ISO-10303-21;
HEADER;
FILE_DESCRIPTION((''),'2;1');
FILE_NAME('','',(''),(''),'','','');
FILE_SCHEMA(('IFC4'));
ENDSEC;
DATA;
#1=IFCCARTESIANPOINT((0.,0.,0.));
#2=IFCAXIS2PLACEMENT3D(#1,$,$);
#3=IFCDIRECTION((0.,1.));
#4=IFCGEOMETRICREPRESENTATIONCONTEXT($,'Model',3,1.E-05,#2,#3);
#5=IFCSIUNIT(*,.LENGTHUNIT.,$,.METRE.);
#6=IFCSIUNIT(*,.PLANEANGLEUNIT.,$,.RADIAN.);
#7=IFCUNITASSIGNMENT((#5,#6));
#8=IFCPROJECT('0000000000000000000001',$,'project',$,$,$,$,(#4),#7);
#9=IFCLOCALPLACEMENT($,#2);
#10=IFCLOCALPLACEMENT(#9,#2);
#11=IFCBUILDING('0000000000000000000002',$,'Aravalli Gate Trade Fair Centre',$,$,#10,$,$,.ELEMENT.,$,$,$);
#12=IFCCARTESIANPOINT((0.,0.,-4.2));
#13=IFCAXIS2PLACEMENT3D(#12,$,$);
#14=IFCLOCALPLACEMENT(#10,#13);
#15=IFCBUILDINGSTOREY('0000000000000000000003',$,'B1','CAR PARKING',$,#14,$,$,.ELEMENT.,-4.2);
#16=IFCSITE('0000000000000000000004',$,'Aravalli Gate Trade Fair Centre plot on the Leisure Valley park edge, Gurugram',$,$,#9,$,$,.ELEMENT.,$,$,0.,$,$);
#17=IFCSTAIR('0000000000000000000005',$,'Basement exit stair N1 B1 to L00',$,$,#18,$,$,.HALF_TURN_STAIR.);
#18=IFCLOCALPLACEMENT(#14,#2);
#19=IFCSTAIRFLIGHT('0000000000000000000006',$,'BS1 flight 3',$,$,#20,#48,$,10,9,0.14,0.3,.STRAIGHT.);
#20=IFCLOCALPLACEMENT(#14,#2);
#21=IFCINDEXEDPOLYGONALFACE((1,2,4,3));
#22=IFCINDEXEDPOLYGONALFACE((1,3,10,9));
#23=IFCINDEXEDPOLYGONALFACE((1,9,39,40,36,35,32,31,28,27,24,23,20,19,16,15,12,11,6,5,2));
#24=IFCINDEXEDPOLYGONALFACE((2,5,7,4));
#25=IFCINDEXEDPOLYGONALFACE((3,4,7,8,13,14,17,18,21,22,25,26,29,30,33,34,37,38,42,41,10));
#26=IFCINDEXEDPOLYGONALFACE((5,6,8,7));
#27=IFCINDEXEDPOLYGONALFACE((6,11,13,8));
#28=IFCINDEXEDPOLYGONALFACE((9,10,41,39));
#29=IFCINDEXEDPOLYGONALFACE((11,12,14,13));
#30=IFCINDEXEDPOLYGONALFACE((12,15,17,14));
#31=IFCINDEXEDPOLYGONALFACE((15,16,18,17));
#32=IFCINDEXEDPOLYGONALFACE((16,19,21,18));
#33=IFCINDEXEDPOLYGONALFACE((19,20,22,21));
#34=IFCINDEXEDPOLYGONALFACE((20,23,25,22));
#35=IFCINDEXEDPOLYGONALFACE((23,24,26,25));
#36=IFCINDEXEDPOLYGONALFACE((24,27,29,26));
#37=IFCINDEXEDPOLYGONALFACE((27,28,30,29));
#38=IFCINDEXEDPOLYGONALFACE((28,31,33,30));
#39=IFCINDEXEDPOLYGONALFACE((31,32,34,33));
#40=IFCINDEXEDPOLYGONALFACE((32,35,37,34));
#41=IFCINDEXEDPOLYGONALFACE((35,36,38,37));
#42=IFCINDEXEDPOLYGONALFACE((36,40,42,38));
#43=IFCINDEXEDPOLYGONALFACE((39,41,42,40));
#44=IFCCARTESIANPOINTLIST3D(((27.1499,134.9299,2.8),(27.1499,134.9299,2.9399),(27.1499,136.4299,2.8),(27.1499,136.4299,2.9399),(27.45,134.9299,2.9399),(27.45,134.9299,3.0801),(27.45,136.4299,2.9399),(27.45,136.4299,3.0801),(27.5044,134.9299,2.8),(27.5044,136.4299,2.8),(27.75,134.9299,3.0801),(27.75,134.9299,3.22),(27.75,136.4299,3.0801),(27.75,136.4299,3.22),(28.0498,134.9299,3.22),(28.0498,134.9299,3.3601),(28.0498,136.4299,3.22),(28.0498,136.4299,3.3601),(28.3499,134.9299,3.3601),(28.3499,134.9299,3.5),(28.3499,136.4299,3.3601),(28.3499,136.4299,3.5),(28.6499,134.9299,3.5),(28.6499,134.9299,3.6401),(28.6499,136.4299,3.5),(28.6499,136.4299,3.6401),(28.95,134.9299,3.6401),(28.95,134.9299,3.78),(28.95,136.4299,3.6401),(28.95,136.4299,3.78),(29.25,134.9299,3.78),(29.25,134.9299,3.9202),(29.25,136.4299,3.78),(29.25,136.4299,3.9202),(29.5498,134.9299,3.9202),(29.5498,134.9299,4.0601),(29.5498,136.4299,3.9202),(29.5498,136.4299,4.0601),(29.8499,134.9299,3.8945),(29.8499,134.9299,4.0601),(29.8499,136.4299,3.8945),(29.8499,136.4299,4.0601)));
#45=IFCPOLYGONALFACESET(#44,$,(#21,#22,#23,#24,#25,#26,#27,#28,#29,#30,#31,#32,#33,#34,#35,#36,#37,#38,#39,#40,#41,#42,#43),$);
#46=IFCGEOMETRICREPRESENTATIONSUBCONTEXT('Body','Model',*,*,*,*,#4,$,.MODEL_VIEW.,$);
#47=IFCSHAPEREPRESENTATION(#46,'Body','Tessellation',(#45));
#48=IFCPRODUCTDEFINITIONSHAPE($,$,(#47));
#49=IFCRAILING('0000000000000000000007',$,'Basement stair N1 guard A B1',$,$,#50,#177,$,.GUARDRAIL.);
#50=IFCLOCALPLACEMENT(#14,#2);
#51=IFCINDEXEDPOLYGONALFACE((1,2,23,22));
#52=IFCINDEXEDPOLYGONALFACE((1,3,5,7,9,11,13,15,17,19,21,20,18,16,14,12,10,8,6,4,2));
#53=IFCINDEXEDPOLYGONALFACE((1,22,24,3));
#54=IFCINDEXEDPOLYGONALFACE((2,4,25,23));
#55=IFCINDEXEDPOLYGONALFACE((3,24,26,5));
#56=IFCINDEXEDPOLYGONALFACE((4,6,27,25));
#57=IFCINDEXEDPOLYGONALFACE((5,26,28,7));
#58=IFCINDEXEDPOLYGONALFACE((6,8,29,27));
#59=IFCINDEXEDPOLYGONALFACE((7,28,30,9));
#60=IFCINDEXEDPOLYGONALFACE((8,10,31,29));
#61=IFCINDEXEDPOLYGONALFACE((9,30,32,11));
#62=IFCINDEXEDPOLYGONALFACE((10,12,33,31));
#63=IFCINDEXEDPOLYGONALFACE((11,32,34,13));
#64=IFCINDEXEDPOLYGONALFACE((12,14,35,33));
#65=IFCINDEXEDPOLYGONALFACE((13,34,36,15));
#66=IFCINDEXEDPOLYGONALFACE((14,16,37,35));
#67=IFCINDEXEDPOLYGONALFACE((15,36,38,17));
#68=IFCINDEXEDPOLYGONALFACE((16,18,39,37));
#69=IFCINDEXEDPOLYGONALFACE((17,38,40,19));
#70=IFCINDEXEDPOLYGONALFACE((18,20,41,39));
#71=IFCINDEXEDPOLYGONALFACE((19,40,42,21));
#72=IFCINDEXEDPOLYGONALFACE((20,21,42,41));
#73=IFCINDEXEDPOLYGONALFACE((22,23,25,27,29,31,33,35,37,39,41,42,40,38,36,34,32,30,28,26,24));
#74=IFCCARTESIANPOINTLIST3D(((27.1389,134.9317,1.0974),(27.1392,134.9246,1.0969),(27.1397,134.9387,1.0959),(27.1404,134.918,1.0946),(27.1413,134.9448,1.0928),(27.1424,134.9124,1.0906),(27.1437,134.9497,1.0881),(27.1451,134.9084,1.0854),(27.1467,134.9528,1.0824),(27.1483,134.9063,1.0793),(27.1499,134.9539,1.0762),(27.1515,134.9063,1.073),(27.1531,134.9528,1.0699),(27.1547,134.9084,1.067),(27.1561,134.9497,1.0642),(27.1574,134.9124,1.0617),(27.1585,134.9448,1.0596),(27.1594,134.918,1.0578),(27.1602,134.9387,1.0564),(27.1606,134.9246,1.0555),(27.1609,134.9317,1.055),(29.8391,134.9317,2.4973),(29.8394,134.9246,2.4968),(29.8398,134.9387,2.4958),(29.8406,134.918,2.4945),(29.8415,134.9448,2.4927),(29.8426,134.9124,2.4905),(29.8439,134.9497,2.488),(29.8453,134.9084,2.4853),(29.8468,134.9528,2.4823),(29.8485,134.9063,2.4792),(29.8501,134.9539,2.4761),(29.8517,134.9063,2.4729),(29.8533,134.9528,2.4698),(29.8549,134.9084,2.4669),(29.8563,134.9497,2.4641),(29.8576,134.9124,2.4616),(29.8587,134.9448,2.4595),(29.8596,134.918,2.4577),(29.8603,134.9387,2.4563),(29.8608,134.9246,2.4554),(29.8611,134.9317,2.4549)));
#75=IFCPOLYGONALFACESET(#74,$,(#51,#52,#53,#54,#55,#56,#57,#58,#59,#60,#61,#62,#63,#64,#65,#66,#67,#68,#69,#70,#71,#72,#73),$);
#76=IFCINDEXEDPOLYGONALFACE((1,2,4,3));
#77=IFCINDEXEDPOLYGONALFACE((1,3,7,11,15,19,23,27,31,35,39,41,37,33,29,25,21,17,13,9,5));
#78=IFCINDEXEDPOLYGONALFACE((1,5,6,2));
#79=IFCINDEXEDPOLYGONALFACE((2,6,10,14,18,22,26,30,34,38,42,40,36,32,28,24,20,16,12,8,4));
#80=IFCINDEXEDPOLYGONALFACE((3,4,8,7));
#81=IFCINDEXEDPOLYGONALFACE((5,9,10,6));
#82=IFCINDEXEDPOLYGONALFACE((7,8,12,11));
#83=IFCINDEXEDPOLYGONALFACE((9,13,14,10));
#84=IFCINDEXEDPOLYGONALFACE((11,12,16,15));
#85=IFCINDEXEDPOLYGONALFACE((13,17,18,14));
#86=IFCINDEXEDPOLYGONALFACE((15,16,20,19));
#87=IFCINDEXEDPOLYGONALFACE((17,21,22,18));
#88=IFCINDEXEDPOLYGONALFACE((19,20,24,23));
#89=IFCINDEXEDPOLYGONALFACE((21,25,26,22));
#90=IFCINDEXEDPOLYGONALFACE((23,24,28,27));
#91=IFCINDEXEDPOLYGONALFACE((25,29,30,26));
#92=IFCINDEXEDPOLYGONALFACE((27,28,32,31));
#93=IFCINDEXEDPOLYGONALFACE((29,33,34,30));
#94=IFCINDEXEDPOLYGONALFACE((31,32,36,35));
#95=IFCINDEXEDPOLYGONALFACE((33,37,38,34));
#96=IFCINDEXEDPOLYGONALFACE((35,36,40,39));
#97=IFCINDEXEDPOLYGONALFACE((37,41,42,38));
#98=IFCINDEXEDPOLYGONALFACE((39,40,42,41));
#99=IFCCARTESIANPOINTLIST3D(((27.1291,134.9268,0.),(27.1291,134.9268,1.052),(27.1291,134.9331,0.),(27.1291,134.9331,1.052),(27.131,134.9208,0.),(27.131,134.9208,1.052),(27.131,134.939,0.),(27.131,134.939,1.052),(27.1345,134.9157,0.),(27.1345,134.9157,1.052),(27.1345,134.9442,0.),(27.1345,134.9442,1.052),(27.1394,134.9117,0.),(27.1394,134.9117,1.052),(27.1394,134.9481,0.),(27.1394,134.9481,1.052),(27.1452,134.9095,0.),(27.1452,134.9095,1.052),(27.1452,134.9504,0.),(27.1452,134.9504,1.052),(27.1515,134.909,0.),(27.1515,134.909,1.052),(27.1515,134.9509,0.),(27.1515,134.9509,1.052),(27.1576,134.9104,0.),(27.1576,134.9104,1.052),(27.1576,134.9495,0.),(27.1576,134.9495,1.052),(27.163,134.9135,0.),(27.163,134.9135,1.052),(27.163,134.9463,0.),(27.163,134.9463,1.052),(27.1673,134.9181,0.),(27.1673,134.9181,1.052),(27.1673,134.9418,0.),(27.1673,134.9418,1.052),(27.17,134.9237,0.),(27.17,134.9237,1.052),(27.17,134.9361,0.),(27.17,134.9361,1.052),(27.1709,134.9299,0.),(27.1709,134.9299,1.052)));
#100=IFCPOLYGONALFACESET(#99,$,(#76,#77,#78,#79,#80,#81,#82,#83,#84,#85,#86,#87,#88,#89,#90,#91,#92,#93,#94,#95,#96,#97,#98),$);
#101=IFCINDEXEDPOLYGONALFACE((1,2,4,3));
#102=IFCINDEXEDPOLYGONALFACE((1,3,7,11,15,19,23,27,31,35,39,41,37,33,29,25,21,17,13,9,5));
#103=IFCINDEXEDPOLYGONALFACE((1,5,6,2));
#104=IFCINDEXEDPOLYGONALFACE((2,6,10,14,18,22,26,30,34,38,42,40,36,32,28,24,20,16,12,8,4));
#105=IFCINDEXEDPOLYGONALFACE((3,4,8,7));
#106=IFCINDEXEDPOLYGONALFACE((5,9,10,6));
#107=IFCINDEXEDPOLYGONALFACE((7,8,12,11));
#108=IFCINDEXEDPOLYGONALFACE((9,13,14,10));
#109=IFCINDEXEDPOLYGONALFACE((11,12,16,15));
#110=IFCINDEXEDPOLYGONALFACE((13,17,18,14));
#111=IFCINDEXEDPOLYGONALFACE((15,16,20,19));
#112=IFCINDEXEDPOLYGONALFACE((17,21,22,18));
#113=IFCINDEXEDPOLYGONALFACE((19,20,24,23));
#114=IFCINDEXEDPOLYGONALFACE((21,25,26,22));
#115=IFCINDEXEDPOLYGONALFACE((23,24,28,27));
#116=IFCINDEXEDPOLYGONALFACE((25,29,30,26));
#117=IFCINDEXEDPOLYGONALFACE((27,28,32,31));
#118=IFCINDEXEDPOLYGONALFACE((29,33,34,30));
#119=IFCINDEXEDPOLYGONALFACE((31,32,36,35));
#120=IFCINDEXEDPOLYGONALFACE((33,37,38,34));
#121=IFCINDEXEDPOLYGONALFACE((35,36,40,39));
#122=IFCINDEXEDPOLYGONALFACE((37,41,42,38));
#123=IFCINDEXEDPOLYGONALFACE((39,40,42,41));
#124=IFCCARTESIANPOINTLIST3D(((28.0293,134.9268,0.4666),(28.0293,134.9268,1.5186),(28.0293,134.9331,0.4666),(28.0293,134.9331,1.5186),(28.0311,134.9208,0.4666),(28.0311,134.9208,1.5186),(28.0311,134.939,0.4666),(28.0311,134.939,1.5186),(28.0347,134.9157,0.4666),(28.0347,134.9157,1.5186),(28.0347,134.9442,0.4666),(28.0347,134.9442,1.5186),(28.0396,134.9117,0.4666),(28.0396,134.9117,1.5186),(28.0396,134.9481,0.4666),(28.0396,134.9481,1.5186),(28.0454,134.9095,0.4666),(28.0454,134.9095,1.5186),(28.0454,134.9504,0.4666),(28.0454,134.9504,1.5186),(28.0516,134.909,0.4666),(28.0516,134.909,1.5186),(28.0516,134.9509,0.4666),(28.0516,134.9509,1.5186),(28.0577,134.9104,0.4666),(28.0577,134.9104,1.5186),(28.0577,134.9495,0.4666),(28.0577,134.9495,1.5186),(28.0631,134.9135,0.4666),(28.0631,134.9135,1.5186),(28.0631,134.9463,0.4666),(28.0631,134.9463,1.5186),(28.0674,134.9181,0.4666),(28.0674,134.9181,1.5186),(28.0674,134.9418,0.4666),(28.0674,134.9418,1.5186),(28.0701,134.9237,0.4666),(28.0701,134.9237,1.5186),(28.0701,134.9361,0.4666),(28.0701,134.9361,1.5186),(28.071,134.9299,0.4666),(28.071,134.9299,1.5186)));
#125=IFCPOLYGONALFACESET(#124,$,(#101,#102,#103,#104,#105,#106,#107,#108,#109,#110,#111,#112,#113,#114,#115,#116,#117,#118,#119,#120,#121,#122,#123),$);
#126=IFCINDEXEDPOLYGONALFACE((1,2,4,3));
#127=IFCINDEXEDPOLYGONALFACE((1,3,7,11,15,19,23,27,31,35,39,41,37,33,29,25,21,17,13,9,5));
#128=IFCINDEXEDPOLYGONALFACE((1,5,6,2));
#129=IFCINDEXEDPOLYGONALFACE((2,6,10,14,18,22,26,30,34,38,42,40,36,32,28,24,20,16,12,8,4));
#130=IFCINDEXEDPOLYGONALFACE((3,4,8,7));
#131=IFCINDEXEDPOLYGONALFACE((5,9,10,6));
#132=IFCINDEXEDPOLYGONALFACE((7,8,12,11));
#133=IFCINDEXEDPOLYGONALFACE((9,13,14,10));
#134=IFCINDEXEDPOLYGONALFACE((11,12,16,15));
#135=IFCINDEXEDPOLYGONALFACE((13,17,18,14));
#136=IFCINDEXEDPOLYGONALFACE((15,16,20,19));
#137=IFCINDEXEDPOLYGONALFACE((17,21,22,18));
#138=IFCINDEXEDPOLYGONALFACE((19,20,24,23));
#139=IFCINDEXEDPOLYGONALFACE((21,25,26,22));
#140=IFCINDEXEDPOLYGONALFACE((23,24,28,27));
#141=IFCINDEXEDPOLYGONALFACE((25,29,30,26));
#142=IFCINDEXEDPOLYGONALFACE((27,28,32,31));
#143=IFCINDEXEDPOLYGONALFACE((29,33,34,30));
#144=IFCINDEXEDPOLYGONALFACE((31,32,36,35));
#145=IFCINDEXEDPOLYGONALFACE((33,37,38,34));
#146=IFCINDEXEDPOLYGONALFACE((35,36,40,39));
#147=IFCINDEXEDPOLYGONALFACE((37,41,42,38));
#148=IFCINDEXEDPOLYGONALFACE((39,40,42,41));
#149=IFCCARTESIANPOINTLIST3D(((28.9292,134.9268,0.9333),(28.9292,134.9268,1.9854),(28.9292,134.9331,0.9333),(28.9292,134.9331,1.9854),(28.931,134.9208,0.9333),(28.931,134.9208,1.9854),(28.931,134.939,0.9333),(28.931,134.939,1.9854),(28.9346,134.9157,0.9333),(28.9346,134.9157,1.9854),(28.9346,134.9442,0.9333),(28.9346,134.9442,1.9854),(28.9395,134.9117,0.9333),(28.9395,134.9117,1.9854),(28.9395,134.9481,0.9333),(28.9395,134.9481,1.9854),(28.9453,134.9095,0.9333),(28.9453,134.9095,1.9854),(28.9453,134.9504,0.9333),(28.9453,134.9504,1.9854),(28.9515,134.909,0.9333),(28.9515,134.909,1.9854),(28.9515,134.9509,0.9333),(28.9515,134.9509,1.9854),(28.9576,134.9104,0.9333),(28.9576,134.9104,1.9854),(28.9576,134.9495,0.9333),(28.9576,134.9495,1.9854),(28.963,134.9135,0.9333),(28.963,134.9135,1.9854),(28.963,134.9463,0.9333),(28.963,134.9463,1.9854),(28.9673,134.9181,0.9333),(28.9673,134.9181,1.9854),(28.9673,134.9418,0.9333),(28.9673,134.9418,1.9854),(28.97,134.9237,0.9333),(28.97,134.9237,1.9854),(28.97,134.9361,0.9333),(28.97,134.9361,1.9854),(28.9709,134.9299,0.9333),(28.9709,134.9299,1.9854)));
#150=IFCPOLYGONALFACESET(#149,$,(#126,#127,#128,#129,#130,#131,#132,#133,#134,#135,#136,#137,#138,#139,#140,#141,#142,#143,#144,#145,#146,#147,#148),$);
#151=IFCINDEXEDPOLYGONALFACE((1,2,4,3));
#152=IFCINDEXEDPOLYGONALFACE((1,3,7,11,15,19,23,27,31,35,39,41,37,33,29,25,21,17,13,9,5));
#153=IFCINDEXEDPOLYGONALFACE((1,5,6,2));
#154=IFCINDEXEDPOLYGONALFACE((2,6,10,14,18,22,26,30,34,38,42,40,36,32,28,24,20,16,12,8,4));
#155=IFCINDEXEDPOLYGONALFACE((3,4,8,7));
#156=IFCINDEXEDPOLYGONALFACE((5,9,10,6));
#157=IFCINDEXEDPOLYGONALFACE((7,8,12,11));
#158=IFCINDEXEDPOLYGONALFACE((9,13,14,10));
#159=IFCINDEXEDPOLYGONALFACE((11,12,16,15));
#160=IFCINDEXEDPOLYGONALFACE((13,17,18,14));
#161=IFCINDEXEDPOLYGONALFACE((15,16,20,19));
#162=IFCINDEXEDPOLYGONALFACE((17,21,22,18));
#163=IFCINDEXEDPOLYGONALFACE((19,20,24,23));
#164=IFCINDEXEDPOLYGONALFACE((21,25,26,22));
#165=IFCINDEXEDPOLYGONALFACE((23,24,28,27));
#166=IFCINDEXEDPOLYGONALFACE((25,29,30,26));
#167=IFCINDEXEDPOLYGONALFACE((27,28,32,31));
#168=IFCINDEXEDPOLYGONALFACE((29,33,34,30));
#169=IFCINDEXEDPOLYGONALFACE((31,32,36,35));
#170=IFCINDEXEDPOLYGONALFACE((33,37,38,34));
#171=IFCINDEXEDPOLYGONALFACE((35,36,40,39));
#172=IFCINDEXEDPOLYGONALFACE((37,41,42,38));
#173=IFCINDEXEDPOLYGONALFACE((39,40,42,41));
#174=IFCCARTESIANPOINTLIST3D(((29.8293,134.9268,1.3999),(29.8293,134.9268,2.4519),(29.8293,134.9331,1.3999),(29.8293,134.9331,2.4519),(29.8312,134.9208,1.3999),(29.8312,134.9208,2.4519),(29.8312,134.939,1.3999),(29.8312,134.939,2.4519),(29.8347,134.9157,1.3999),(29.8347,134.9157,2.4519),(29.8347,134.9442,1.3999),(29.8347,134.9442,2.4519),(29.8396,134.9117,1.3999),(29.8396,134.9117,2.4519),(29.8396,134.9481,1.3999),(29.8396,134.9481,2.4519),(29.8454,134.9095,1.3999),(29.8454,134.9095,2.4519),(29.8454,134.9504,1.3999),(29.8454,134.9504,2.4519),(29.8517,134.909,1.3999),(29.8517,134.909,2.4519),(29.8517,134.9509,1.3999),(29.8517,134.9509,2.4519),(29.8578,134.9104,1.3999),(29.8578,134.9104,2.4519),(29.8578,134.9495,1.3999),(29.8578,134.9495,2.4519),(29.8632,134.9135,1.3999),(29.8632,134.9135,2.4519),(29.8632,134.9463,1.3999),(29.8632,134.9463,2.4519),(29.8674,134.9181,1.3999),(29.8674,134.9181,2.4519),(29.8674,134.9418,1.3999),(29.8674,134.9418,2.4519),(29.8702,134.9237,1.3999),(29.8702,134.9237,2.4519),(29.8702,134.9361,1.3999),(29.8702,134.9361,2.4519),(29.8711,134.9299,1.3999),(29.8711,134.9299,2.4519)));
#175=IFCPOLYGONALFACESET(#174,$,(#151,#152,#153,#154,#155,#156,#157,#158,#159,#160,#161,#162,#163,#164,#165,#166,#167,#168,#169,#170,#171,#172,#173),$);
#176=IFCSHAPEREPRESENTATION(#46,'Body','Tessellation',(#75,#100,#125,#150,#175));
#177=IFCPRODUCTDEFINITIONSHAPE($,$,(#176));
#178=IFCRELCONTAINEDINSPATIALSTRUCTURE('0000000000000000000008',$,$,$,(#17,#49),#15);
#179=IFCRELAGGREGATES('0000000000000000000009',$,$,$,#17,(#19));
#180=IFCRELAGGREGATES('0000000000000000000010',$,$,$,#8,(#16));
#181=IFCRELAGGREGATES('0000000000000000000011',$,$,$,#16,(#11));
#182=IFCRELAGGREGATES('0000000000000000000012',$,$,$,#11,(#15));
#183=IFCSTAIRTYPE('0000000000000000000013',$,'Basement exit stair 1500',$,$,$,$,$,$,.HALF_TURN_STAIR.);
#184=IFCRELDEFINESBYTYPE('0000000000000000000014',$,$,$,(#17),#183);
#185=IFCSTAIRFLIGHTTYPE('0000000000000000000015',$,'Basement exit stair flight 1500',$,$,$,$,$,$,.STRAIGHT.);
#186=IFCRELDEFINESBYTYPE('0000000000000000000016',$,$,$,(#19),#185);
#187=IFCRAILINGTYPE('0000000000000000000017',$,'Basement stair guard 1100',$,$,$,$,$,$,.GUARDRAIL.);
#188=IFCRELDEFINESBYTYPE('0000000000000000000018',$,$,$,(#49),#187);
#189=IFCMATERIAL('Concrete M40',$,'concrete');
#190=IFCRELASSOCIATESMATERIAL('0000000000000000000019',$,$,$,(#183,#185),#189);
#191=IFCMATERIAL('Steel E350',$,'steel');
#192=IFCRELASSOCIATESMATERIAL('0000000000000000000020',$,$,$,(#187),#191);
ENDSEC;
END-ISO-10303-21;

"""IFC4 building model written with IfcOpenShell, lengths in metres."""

from ifc_helpers import new_model, si_unit, direction, frame, origin, origin_2d, place, context, subcontext, project, spatial, polyline, circle, outline, extrude, material, type_object, element, aggregate, save


model = new_model("IFC4")

# Units and contexts
model_context = context("Model", 3, precision=1e-05, world=origin(), true_north=direction((0.0, 1.0)))
body_context = subcontext(model_context, "Body", "Model", "MODEL_VIEW")
ifc_project = project(units=[si_unit("LENGTHUNIT", "METRE"), si_unit("PLANEANGLEUNIT", "RADIAN")], contexts=[model_context])

# Site, building, storey
site_placement = place(None, origin())
site = spatial("IfcSite", under=ifc_project, at=site_placement, Name="Aravalli Gate Trade Fair Centre plot on the Leisure Valley park edge, Gurugram", CompositionType="ELEMENT", RefElevation=0.0)
building_placement = place(site_placement, origin())
building = spatial("IfcBuilding", under=site, at=building_placement, Name="Aravalli Gate Trade Fair Centre", CompositionType="ELEMENT")
storey_placement = place(building_placement, frame((0.0, 0.0, -4.2)))
storey = spatial("IfcBuildingStorey", under=building, at=storey_placement, Name="B1", Description="CAR PARKING", CompositionType="ELEMENT", Elevation=-4.2)

# Shared definitions
ifc_material_1 = material(Name="Concrete M40", Category="concrete")

# Stair, stair flight
stair_type = type_object("IfcStairType", Name="Basement exit stair 1500", PredefinedType="HALF_TURN_STAIR", material=ifc_material_1)
stair_placement = place(storey_placement, origin())
stair = element("IfcStair", 1, at=stair_placement, inside=storey, type_object=stair_type, Name="Basement exit stair N1 B1 to L00", PredefinedType="HALF_TURN_STAIR")
stair_flight_type = type_object("IfcStairFlightType", Name="Basement exit stair flight 1500", PredefinedType="STRAIGHT", material=ifc_material_1)
stair_flight_1_placement = place(storey_placement, frame((27.1499, 135.6799, 2.8), z_axis=(0.0, 0.0, 1.0), x_axis=(1.0, 0.0, 0.0)))
stair_flight_1 = element("IfcStairFlight", 2, at=stair_flight_1_placement, type_object=stair_flight_type, Name="BS1 flight 3", NumberOfRisers=10, NumberOfTreads=9, PredefinedType="STRAIGHT", RiserHeight=0.14, TreadLength=0.3, context=body_context, shape_type="SweptSolid", body=[
    extrude(outline(polyline([(0.0, 0.0), (0.0, 0.1399), (0.3, 0.1399), (0.3, 0.28), (0.6001, 0.28), (0.6001, 0.4199), (0.8999, 0.4199), (0.8999, 0.5601), (1.2, 0.5601), (1.2, 0.7), (1.5, 0.7), (1.5, 0.8401), (1.8, 0.8401), (1.8, 0.98), (2.1001, 0.98), (2.1001, 1.1201), (2.3999, 1.1201), (2.3999, 1.26), (2.7, 1.26), (2.7, 1.3999), (2.7, 1.0945), (0.3545, 0.0), (0.0, 0.0)])), frame((0.0, 0.75, 0.0), z_axis=(0.0, -1.0, 0.0), x_axis=(1.0, 0.0, 0.0)), (0.0, 0.0, 1.0), 1.5),
])
aggregate(stair, [stair_flight_1])

# Railing
ifc_material_2 = material(Name="Steel E350", Category="steel")
railing_type_1 = type_object("IfcRailingType", Name="Basement stair guard 1100", PredefinedType="GUARDRAIL", material=ifc_material_2)
railing_1_placement = place(storey_placement, frame((27.1499, 134.9299, 0.0)))
element("IfcRailing", 3, at=railing_1_placement, inside=storey, type_object=railing_type_1, Name="Basement stair N1 guard A B1", PredefinedType="GUARDRAIL", context=body_context, shape_type="SweptSolid", body=[
    extrude(circle(Radius=0.0239, at=origin_2d()), frame((0.0, 0.0, 1.0762), z_axis=(0.887781, 0.0, 0.460266), x_axis=(0.0, 1.0, 0.0)), (0.0, 0.0, 1.0), 3.0415),
    extrude(circle(Radius=0.021, at=origin_2d()), origin(), (0.0, 0.0, 1.0), 1.052),
    extrude(circle(Radius=0.021, at=origin_2d()), frame((0.9001, 0.0, 0.4666)), (0.0, 0.0, 1.0), 1.052),
    extrude(circle(Radius=0.021, at=origin_2d()), frame((1.8, 0.0, 0.9333)), (0.0, 0.0, 1.0), 1.052),
    extrude(circle(Radius=0.021, at=origin_2d()), frame((2.7002, 0.0, 1.3999)), (0.0, 0.0, 1.0), 1.052),
])

save(model, "model.ifc")
